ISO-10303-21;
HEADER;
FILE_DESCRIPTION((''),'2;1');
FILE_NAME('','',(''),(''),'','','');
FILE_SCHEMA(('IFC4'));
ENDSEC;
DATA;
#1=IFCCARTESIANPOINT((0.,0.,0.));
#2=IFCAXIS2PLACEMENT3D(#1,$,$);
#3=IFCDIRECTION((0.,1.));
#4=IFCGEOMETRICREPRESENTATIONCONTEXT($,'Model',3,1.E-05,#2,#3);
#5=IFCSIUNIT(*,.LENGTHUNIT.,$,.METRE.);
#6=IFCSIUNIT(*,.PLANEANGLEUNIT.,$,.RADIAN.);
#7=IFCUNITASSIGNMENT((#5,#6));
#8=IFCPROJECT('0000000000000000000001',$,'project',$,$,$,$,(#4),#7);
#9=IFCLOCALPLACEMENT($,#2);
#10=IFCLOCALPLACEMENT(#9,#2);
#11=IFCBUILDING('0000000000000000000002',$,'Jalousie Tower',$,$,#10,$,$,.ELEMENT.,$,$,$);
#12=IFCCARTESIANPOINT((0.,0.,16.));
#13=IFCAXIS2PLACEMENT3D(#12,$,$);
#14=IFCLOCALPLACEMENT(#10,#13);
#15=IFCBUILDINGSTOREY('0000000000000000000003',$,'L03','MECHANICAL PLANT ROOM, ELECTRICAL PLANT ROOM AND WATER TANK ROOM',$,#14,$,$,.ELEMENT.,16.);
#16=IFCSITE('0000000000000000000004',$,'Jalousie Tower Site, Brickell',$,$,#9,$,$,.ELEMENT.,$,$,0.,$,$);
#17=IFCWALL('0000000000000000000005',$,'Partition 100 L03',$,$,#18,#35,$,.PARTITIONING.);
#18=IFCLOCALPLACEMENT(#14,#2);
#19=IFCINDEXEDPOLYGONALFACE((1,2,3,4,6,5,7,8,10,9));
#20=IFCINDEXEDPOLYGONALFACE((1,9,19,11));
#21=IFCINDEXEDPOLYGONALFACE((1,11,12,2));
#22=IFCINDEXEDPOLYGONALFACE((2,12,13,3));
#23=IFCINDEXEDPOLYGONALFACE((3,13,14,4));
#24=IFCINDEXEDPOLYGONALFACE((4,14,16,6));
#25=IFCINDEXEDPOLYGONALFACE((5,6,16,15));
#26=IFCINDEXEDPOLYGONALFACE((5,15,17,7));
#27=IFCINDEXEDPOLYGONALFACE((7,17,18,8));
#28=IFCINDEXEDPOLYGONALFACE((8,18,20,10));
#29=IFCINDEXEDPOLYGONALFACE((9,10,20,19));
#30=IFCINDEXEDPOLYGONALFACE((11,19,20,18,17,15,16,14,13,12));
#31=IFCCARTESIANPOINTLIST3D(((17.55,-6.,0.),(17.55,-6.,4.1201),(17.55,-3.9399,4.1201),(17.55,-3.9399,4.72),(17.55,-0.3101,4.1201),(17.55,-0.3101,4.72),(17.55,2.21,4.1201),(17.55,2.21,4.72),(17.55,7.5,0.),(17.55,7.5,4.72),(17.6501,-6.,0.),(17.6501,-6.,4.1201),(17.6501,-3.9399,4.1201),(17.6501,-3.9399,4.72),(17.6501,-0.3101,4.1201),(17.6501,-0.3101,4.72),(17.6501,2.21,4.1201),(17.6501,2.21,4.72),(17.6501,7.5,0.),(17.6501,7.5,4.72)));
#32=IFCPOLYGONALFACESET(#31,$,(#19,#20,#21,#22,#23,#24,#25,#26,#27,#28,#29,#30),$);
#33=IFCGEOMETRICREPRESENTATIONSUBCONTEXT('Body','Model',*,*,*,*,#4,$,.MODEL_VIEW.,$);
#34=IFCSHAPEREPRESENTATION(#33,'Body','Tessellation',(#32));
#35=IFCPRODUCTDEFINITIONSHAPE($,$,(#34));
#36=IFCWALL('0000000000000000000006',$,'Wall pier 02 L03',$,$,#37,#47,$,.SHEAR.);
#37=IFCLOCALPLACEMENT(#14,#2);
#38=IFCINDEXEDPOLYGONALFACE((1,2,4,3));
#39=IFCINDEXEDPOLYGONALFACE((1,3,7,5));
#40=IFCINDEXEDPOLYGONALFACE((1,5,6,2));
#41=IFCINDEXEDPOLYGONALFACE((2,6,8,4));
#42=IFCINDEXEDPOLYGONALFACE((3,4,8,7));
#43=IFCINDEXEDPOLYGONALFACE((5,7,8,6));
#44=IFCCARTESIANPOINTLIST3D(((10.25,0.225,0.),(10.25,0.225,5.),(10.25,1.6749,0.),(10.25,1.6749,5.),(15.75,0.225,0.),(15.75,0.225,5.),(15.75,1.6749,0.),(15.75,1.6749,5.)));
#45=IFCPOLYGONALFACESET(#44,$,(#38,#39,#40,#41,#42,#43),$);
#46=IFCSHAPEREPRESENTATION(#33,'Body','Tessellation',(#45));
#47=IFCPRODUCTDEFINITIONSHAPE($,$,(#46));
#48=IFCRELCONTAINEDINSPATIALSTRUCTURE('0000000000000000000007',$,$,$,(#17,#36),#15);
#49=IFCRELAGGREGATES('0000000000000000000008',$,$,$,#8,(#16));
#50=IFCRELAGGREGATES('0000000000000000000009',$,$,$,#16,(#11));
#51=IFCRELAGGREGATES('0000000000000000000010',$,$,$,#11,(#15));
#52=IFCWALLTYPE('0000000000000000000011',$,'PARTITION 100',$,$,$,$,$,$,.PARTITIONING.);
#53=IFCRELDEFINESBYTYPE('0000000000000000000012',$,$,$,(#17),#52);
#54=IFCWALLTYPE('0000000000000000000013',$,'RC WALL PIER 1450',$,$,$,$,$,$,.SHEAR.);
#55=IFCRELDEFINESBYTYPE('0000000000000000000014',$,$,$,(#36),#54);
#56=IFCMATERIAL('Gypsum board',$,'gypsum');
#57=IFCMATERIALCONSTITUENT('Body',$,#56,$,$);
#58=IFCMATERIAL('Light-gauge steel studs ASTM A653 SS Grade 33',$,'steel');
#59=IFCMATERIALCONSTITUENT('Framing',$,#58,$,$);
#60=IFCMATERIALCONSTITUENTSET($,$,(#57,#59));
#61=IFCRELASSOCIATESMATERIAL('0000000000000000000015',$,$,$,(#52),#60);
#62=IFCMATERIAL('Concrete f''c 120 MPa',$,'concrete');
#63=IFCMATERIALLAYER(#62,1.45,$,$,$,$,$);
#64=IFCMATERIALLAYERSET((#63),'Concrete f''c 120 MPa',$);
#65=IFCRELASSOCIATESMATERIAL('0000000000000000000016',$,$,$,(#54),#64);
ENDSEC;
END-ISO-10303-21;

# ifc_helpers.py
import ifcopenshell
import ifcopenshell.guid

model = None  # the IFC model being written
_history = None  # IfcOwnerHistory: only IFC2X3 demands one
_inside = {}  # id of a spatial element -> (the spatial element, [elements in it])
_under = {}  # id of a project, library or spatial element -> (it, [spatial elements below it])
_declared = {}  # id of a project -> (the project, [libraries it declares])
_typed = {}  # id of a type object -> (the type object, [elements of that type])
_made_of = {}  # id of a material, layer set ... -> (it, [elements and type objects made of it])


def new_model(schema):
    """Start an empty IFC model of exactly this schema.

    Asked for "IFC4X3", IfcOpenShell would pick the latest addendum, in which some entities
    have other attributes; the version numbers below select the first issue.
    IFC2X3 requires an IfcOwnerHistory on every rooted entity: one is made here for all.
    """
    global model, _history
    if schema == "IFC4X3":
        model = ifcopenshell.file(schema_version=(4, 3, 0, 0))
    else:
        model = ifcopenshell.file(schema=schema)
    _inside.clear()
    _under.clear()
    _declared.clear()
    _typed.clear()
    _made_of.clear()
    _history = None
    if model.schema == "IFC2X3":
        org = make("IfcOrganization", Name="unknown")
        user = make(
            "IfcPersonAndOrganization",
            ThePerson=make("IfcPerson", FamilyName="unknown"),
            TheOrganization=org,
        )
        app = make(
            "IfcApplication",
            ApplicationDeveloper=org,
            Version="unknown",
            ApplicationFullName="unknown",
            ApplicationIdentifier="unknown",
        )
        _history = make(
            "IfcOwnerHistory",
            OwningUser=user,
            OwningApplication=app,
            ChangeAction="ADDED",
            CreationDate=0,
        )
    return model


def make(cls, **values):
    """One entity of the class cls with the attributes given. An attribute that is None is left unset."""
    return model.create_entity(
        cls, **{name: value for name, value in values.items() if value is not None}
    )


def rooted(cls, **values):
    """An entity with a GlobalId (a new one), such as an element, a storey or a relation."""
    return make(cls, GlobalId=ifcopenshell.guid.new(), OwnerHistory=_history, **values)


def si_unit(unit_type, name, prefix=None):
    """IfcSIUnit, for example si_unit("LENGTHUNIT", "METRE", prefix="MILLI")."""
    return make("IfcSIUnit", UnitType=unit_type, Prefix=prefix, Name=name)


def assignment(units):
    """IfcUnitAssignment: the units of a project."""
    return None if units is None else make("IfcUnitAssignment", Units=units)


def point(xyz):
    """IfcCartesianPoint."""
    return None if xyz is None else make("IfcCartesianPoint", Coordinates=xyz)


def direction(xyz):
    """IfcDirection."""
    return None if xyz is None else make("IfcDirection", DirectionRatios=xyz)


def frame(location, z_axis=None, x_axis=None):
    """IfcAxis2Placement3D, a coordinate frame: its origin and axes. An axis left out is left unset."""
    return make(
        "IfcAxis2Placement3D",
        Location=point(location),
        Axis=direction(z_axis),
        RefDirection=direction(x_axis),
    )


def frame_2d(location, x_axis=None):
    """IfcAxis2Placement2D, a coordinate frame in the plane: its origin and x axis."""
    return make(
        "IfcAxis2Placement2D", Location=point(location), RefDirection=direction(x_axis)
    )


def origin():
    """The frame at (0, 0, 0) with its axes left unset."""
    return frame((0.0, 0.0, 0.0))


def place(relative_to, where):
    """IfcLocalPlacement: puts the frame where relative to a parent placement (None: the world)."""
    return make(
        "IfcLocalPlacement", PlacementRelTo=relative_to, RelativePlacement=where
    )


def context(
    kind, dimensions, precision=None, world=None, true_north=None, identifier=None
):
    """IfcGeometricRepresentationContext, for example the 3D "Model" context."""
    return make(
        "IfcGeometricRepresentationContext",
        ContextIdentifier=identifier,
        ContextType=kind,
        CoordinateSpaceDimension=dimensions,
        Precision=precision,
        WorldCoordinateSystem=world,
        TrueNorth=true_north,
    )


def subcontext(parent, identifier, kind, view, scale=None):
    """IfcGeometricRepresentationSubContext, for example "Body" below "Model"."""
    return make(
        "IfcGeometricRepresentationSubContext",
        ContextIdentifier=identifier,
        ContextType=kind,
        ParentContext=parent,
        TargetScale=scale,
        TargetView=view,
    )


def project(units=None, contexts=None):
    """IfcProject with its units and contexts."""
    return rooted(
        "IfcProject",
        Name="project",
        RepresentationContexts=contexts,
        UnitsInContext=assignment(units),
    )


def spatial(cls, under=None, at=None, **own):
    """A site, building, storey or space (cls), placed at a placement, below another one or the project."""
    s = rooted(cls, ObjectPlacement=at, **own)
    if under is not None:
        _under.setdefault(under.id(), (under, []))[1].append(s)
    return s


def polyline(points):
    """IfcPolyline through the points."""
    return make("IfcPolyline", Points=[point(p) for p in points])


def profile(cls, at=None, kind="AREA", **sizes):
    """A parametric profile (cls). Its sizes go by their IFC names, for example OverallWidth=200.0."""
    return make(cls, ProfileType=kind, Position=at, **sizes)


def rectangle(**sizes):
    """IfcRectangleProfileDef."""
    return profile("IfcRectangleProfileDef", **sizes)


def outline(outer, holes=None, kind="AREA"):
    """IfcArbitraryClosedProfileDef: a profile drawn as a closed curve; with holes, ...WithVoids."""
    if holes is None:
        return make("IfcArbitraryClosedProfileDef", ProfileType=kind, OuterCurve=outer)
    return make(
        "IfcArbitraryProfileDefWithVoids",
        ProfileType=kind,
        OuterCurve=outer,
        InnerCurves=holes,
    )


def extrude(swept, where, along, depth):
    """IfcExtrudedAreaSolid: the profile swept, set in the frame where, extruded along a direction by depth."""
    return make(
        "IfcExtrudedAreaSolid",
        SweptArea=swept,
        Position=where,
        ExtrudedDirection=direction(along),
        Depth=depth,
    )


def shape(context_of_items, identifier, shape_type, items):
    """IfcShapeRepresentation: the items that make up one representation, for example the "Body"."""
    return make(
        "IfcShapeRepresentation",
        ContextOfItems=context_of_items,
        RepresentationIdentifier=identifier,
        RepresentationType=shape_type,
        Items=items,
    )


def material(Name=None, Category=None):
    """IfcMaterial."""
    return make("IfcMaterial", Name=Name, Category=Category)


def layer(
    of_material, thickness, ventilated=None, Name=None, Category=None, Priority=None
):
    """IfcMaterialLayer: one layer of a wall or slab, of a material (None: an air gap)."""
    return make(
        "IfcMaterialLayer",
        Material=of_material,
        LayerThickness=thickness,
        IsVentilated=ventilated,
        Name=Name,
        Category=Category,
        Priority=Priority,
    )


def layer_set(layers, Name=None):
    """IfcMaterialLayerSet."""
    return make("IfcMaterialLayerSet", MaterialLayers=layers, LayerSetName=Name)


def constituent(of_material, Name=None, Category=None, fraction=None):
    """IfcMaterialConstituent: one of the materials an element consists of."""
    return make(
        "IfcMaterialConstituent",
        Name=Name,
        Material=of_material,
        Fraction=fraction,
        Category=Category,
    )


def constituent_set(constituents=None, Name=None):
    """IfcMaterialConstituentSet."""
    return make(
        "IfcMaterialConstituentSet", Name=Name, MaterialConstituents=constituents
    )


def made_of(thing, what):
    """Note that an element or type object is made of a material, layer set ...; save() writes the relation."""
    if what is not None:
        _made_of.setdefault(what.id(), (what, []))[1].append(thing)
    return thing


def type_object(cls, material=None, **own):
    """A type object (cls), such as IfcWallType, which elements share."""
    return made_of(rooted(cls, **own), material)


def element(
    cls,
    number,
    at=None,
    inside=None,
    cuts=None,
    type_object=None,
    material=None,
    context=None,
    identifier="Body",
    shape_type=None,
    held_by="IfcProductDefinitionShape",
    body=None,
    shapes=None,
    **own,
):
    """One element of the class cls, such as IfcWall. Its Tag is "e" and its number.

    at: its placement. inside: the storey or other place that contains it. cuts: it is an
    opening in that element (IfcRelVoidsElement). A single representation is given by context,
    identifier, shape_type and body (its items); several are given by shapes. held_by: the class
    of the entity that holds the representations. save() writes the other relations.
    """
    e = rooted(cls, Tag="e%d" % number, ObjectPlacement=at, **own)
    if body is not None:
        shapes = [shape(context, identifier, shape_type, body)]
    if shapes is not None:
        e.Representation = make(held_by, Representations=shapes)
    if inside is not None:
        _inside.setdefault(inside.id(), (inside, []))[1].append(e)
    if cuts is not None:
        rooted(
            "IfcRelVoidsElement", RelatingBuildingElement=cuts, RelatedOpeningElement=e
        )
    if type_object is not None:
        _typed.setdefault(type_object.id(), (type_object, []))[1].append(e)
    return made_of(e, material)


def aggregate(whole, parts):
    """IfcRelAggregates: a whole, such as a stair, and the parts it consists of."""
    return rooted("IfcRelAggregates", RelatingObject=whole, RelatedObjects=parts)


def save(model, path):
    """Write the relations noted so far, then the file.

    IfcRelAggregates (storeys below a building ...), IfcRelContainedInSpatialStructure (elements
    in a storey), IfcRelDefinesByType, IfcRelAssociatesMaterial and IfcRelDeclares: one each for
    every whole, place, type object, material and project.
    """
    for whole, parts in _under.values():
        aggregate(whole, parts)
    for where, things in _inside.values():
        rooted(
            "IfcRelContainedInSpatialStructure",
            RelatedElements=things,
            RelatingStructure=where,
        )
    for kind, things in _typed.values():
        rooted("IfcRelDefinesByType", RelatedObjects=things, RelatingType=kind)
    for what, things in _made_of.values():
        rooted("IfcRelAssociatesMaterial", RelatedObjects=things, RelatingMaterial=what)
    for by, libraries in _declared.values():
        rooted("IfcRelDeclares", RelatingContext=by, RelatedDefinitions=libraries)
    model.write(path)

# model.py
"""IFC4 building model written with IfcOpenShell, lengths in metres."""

from ifc_helpers import new_model, si_unit, direction, frame, frame_2d, origin, place, context, subcontext, project, spatial, polyline, rectangle, outline, extrude, material, layer, layer_set, constituent, constituent_set, type_object, element, save


model = new_model("IFC4")

# Units and contexts
model_context = context("Model", 3, precision=1e-05, world=origin(), true_north=direction((0.0, 1.0)))
body_context = subcontext(model_context, "Body", "Model", "MODEL_VIEW")
ifc_project = project(units=[si_unit("LENGTHUNIT", "METRE"), si_unit("PLANEANGLEUNIT", "RADIAN")], contexts=[model_context])

# Site, building, storey
site_placement = place(None, origin())
site = spatial("IfcSite", under=ifc_project, at=site_placement, Name="Jalousie Tower Site, Brickell", CompositionType="ELEMENT", RefElevation=0.0)
building_placement = place(site_placement, origin())
building = spatial("IfcBuilding", under=site, at=building_placement, Name="Jalousie Tower", CompositionType="ELEMENT")
storey_placement = place(building_placement, frame((0.0, 0.0, 16.0)))
storey = spatial("IfcBuildingStorey", under=building, at=storey_placement, Name="L03", Description="MECHANICAL PLANT ROOM, ELECTRICAL PLANT ROOM AND WATER TANK ROOM", CompositionType="ELEMENT", Elevation=16.0)

# Walls
ifc_material_1 = material(Name="Gypsum board", Category="gypsum")
ifc_constituent_1 = constituent(ifc_material_1, Name="Body")
ifc_material_2 = material(Name="Light-gauge steel studs ASTM A653 SS Grade 33", Category="steel")
ifc_constituent_2 = constituent(ifc_material_2, Name="Framing")
ifc_constituent_set_1 = constituent_set(constituents=[ifc_constituent_1, ifc_constituent_2])
wall_type_1 = type_object("IfcWallType", Name="PARTITION 100", PredefinedType="PARTITIONING", material=ifc_constituent_set_1)
wall_1_placement = place(storey_placement, frame((17.6001, -6.0, 0.0), z_axis=(0.0, 0.0, 1.0), x_axis=(0.0, 1.0, 0.0)))
element("IfcWall", 1, at=wall_1_placement, inside=storey, type_object=wall_type_1, Name="Partition 100 L03", PredefinedType="PARTITIONING", context=body_context, shape_type="SweptSolid", body=[
    extrude(outline(polyline([(0.0, 0.0), (13.5, 0.0), (13.5, 4.72), (8.21, 4.72), (8.21, 4.1201), (5.6899, 4.1201), (5.6899, 4.72), (2.0601, 4.72), (2.0601, 4.1201), (0.0, 4.1201), (0.0, 4.72), (0.0, 0.0)])), frame((0.0, 0.05, 0.0), z_axis=(0.0, -1.0, 0.0), x_axis=(1.0, 0.0, 0.0)), (0.0, 0.0, 1.0), 0.1001),
])
ifc_material_3 = material(Name="Concrete f'c 120 MPa", Category="concrete")
ifc_layer_1 = layer(ifc_material_3, 1.45)
ifc_layer_set_1 = layer_set([ifc_layer_1], Name="Concrete f'c 120 MPa")
wall_type_2 = type_object("IfcWallType", Name="RC WALL PIER 1450", PredefinedType="SHEAR", material=ifc_layer_set_1)
wall_2_placement = place(storey_placement, frame((10.25, 0.95, 0.0), z_axis=(0.0, 0.0, 1.0), x_axis=(1.0, 0.0, 0.0)))
element("IfcWall", 2, at=wall_2_placement, inside=storey, type_object=wall_type_2, Name="Wall pier 02 L03", PredefinedType="SHEAR", context=body_context, shape_type="SweptSolid", body=[
    extrude(rectangle(XDim=5.5, YDim=1.45, at=frame_2d((2.75, 0.0))), origin(), (0.0, 0.0, 1.0), 5.0),
])

save(model, "model.ifc")
